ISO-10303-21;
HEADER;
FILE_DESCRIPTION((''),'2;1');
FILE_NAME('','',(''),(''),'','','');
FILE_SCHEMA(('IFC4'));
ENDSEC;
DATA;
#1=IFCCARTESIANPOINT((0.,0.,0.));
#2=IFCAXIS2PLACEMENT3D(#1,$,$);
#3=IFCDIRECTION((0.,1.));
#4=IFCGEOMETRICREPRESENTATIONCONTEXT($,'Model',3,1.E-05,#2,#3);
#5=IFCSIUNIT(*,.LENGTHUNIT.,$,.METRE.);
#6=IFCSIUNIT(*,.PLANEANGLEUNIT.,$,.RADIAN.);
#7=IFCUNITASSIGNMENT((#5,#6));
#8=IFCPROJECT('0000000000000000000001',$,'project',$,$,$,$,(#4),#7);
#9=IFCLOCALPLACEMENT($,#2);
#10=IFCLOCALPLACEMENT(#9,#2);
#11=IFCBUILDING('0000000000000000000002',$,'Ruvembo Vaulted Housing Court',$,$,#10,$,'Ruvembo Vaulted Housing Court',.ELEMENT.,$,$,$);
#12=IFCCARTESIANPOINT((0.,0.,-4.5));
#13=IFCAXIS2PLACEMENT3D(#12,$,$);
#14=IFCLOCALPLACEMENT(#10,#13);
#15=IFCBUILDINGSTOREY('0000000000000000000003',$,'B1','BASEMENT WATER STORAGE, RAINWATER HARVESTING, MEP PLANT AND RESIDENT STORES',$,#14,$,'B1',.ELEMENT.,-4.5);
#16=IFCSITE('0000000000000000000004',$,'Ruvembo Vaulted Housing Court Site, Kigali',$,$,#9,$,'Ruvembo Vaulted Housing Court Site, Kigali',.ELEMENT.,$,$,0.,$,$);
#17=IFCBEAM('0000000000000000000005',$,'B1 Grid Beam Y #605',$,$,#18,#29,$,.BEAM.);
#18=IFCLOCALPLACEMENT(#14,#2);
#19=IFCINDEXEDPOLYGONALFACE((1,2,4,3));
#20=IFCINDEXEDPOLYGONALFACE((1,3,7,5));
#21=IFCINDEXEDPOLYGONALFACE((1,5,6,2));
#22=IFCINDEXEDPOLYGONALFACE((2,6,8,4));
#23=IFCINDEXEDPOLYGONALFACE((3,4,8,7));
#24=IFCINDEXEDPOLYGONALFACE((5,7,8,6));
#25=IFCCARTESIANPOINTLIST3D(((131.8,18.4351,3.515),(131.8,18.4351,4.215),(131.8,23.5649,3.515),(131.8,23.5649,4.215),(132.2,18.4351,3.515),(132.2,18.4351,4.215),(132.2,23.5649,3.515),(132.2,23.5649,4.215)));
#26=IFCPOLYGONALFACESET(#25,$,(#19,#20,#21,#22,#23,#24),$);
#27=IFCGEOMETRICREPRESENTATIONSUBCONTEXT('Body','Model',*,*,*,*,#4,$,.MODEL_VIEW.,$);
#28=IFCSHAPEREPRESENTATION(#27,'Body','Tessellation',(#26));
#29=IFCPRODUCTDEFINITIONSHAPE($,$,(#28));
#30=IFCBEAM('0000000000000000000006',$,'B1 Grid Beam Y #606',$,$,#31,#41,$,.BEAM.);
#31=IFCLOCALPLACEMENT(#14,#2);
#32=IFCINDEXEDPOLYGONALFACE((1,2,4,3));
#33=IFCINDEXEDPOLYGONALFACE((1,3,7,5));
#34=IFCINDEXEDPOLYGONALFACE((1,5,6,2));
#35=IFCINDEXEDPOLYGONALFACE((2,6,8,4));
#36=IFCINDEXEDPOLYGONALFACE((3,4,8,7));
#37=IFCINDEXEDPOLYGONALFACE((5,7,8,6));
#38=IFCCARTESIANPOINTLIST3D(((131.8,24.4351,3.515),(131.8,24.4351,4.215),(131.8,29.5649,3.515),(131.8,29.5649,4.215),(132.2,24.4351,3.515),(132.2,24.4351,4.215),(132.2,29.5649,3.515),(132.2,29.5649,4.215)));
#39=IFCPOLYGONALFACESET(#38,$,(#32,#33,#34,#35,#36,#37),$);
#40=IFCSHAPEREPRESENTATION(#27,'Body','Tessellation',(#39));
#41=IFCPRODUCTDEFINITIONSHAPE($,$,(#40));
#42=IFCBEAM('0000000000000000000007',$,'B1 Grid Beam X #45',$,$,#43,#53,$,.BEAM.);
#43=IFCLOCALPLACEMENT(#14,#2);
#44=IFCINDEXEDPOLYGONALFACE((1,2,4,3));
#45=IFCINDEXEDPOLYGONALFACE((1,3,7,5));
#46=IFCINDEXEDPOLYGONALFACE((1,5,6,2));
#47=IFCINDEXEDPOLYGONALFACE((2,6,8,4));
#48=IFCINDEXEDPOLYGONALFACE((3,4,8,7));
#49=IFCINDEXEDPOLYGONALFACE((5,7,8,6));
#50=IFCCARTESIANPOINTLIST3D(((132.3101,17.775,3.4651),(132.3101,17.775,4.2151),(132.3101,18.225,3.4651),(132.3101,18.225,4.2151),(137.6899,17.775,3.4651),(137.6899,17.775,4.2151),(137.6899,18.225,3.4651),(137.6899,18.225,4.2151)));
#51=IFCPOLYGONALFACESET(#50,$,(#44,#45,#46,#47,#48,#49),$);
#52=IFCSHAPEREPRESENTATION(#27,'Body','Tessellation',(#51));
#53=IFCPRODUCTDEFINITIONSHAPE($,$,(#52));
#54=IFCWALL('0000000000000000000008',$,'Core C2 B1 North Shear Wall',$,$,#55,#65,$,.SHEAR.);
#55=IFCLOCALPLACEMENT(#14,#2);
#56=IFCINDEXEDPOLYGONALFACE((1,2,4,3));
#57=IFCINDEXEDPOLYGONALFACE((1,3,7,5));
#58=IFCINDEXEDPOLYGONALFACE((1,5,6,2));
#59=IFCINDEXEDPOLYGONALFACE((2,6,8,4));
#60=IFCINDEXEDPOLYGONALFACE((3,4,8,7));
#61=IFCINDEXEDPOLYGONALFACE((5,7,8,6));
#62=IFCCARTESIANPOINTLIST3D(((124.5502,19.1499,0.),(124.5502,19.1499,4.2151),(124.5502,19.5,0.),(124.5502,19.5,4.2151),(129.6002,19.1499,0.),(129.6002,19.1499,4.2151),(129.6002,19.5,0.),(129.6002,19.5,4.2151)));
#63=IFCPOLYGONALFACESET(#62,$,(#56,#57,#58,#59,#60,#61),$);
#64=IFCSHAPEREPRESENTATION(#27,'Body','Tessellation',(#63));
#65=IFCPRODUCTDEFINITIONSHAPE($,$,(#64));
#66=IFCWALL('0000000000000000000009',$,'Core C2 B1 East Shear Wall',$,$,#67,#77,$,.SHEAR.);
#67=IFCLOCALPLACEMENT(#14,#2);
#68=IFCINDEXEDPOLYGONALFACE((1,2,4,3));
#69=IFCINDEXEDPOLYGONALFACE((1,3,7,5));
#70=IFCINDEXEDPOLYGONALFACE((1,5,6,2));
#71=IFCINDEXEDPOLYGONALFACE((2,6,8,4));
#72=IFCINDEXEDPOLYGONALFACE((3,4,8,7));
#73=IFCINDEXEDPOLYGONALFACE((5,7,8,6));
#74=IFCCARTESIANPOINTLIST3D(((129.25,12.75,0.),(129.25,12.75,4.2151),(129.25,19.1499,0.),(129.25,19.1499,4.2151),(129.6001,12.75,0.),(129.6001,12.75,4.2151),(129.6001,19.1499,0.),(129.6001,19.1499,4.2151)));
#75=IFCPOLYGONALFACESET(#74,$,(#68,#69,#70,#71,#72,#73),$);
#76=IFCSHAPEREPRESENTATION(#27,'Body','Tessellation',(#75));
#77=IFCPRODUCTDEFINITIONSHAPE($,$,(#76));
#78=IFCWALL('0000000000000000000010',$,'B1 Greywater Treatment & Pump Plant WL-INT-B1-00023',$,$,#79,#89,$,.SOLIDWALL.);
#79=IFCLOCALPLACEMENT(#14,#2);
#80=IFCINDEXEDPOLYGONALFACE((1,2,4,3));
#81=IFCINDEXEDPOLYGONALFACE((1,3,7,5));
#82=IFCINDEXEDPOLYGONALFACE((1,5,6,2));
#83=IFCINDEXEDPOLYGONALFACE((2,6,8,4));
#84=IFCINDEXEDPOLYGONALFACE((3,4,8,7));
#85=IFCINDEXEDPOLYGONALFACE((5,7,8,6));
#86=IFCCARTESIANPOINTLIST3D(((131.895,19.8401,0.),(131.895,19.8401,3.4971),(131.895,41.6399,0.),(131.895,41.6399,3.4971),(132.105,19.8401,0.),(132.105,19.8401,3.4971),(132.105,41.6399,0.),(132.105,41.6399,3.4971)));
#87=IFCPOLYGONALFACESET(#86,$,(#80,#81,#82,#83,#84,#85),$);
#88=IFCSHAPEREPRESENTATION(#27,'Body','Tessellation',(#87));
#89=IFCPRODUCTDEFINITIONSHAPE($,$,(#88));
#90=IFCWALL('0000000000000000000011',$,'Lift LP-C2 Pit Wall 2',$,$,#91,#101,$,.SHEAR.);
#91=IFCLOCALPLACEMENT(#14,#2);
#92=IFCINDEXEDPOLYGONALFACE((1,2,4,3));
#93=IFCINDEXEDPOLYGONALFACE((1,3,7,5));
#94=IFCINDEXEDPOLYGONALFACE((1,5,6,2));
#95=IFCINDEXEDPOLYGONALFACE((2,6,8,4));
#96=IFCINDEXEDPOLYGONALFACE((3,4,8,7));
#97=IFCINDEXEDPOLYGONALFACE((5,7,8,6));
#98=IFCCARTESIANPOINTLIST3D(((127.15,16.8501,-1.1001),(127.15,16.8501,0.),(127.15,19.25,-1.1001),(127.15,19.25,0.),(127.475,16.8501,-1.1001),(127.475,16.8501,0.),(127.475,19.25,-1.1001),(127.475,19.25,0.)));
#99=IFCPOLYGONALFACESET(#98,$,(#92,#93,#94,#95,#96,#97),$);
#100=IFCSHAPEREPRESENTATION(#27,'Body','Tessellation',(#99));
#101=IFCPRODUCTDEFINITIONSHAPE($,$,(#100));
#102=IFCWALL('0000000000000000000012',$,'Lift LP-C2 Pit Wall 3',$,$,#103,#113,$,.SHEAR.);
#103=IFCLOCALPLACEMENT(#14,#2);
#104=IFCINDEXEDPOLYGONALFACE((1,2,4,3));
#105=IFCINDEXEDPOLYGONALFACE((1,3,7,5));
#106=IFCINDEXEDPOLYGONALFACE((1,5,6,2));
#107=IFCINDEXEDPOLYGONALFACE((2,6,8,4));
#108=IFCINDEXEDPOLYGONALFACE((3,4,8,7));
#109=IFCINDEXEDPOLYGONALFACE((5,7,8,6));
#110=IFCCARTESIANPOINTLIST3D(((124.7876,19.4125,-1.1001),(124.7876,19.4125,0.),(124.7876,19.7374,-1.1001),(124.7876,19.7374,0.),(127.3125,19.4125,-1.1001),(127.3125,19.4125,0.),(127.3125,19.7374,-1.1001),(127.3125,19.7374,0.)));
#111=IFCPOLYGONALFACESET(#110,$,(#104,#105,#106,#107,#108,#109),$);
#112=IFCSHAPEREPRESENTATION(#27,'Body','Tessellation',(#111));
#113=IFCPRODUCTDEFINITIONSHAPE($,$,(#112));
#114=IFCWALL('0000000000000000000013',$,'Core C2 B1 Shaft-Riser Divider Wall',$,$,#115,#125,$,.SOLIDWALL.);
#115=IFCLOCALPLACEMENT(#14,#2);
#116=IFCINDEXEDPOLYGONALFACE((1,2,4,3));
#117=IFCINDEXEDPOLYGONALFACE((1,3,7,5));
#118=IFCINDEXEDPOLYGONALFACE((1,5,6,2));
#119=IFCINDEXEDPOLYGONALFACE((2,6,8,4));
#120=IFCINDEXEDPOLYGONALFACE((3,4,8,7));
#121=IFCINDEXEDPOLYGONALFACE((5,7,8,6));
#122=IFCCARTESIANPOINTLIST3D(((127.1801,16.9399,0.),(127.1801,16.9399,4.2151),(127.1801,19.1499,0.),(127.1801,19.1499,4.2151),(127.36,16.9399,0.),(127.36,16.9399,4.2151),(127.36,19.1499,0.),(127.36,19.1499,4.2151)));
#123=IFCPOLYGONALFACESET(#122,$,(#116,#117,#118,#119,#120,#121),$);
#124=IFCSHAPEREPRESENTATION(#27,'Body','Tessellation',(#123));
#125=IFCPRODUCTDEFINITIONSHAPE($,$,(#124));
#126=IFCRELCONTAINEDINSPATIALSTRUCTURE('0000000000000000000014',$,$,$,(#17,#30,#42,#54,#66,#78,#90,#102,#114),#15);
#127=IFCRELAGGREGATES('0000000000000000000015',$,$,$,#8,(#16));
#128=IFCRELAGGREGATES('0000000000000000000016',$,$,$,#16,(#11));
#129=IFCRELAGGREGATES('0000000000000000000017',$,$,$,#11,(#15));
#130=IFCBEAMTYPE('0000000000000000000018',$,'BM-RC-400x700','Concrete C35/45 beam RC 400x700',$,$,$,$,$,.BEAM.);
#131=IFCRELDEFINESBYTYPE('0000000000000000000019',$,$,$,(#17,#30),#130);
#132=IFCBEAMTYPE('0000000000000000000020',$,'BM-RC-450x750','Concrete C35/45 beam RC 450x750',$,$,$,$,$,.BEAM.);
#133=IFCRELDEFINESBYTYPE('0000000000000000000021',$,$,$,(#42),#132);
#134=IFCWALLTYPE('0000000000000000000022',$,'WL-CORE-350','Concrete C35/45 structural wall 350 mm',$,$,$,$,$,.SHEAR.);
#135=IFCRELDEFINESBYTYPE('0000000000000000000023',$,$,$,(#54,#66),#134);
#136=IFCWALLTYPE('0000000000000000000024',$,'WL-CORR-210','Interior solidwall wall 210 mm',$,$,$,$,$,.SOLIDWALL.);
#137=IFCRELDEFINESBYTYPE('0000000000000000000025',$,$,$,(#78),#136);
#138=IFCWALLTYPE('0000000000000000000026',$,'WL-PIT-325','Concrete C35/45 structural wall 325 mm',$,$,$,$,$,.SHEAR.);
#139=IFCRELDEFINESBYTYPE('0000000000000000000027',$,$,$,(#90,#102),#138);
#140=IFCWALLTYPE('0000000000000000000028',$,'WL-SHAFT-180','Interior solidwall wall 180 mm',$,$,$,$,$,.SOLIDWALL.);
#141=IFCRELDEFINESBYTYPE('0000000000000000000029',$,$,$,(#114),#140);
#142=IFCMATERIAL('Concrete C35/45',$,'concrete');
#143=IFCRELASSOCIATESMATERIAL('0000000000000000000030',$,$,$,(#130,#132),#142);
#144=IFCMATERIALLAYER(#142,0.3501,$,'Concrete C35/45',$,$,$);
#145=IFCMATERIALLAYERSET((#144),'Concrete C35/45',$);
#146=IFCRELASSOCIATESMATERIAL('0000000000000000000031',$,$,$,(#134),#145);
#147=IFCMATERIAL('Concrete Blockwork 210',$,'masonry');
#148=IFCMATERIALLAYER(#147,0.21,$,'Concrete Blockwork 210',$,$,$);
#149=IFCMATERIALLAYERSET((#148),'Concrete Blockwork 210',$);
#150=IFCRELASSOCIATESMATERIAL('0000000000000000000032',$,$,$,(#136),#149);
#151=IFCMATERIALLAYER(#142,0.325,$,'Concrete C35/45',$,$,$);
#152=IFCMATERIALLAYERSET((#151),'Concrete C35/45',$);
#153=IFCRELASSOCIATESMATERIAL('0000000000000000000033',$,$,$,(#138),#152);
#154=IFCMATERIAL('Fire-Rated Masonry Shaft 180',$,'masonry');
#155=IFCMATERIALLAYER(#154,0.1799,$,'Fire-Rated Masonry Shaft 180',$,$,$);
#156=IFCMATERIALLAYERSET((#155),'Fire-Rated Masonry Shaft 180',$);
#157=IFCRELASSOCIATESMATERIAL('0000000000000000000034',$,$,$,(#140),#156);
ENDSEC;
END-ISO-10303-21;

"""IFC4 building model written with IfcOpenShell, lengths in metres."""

from ifc_helpers import new_model, si_unit, direction, frame, frame_2d, origin, origin_2d, place, context, subcontext, project, spatial, rectangle, extrude, material, layer, layer_set, material_profile, profile_set, type_object, element, save


model = new_model("IFC4")

# Units and contexts
model_context = context("Model", 3, precision=1e-05, world=origin(), true_north=direction((0.0, 1.0)))
body_context = subcontext(model_context, "Body", "Model", "MODEL_VIEW")
ifc_project = project(units=[si_unit("LENGTHUNIT", "METRE"), si_unit("PLANEANGLEUNIT", "RADIAN")], contexts=[model_context])

# Site, building, storey
site_placement = place(None, origin())
site = spatial("IfcSite", under=ifc_project, at=site_placement, Name="Ruvembo Vaulted Housing Court Site, Kigali", LongName="Ruvembo Vaulted Housing Court Site, Kigali", CompositionType="ELEMENT", RefElevation=0.0)
building_placement = place(site_placement, origin())
building = spatial("IfcBuilding", under=site, at=building_placement, Name="Ruvembo Vaulted Housing Court", LongName="Ruvembo Vaulted Housing Court", CompositionType="ELEMENT")
storey_placement = place(building_placement, frame((0.0, 0.0, -4.5)))
storey = spatial("IfcBuildingStorey", under=building, at=storey_placement, Name="B1", Description="BASEMENT WATER STORAGE, RAINWATER HARVESTING, MEP PLANT AND RESIDENT STORES", LongName="B1", CompositionType="ELEMENT", Elevation=-4.5)

# Shared definitions
ifc_material_1 = material(Name="Concrete C35/45", Category="concrete")

# Beams
ifc_material_profile_1 = material_profile(ifc_material_1, rectangle(XDim=0.3999, YDim=0.7, at=origin_2d()), Name="RC 400x700")
ifc_profile_set_1 = profile_set([ifc_material_profile_1], Name="Concrete C35/45")
beam_type_1 = type_object("IfcBeamType", Name="BM-RC-400x700", Description="Concrete C35/45 beam RC 400x700", PredefinedType="BEAM", material=ifc_profile_set_1)
for number, where, z_axis, x_axis, name in (
    (1, (132.0, 18.4351, 3.865), (0.0, 1.0, 0.0), (-1.0, 0.0, 0.0), "B1 Grid Beam Y #605"),
    (2, (132.0, 24.4351, 3.865), (0.0, 1.0, 0.0), (-1.0, 0.0, 0.0), "B1 Grid Beam Y #606"),
):
    element("IfcBeam", number, at=place(storey_placement, frame(where, z_axis=z_axis, x_axis=x_axis)), inside=storey, type_object=beam_type_1, Name=name, PredefinedType="BEAM", context=body_context, shape_type="SweptSolid", body=[
        extrude(rectangle(XDim=0.3999, YDim=0.7, at=origin_2d()), origin(), (0.0, 0.0, 1.0), 5.1299),
    ])
ifc_material_profile_2 = material_profile(ifc_material_1, rectangle(XDim=0.45, YDim=0.75, at=origin_2d()), Name="RC 450x750")
ifc_profile_set_2 = profile_set([ifc_material_profile_2], Name="Concrete C35/45")
beam_type_2 = type_object("IfcBeamType", Name="BM-RC-450x750", Description="Concrete C35/45 beam RC 450x750", PredefinedType="BEAM", material=ifc_profile_set_2)
beam_1_placement = place(storey_placement, frame((132.3101, 18.0, 3.8401), z_axis=(1.0, 0.0, 0.0), x_axis=(0.0, 1.0, 0.0)))
element("IfcBeam", 3, at=beam_1_placement, inside=storey, type_object=beam_type_2, Name="B1 Grid Beam X #45", PredefinedType="BEAM", context=body_context, shape_type="SweptSolid", body=[
    extrude(rectangle(XDim=0.45, YDim=0.75, at=origin_2d()), origin(), (0.0, 0.0, 1.0), 5.3799),
])

# Walls
ifc_layer_1 = layer(ifc_material_1, 0.3501, Name="Concrete C35/45")
ifc_layer_set_1 = layer_set([ifc_layer_1], Name="Concrete C35/45")
wall_type_1 = type_object("IfcWallType", Name="WL-CORE-350", Description="Concrete C35/45 structural wall 350 mm", PredefinedType="SHEAR", material=ifc_layer_set_1)
wall_1_placement = place(storey_placement, frame((129.6001, 19.325, 0.0), z_axis=(0.0, 0.0, 1.0), x_axis=(-1.0, 0.0, 0.0)))
element("IfcWall", 4, at=wall_1_placement, inside=storey, type_object=wall_type_1, Name="Core C2 B1 North Shear Wall", PredefinedType="SHEAR", context=body_context, shape_type="SweptSolid", body=[
    extrude(rectangle(XDim=5.05, YDim=0.3501, at=frame_2d((2.5249, 0.0))), origin(), (0.0, 0.0, 1.0), 4.2151),
])
wall_2_placement = place(storey_placement, frame((129.425, 12.75, 0.0), z_axis=(0.0, 0.0, 1.0), x_axis=(0.0, 1.0, 0.0)))
element("IfcWall", 5, at=wall_2_placement, inside=storey, type_object=wall_type_1, Name="Core C2 B1 East Shear Wall", PredefinedType="SHEAR", context=body_context, shape_type="SweptSolid", body=[
    extrude(rectangle(XDim=6.3999, YDim=0.3501, at=frame_2d((3.2, 0.0))), origin(), (0.0, 0.0, 1.0), 4.2151),
])
ifc_material_2 = material(Name="Concrete Blockwork 210", Category="masonry")
ifc_layer_2 = layer(ifc_material_2, 0.21, Name="Concrete Blockwork 210")
ifc_layer_set_2 = layer_set([ifc_layer_2], Name="Concrete Blockwork 210")
wall_type_2 = type_object("IfcWallType", Name="WL-CORR-210", Description="Interior solidwall wall 210 mm", PredefinedType="SOLIDWALL", material=ifc_layer_set_2)
wall_3_placement = place(storey_placement, frame((132.0, 19.8401, 0.0), z_axis=(0.0, 0.0, 1.0), x_axis=(0.0, 1.0, 0.0)))
element("IfcWall", 6, at=wall_3_placement, inside=storey, type_object=wall_type_2, Name="B1 Greywater Treatment & Pump Plant WL-INT-B1-00023", PredefinedType="SOLIDWALL", context=body_context, shape_type="SweptSolid", body=[
    extrude(rectangle(XDim=21.7998, YDim=0.21, at=frame_2d((10.8999, 0.0))), origin(), (0.0, 0.0, 1.0), 3.4971),
])
ifc_layer_3 = layer(ifc_material_1, 0.325, Name="Concrete C35/45")
ifc_layer_set_3 = layer_set([ifc_layer_3], Name="Concrete C35/45")
wall_type_3 = type_object("IfcWallType", Name="WL-PIT-325", Description="Concrete C35/45 structural wall 325 mm", PredefinedType="SHEAR", material=ifc_layer_set_3)
wall_4_placement = place(storey_placement, frame((127.3125, 16.8501, -1.1001), z_axis=(0.0, 0.0, 1.0), x_axis=(0.0, 1.0, 0.0)))
element("IfcWall", 7, at=wall_4_placement, inside=storey, type_object=wall_type_3, Name="Lift LP-C2 Pit Wall 2", PredefinedType="SHEAR", context=body_context, shape_type="SweptSolid", body=[
    extrude(rectangle(XDim=2.3999, YDim=0.325, at=frame_2d((1.2, 0.0))), origin(), (0.0, 0.0, 1.0), 1.1001),
])
wall_5_placement = place(storey_placement, frame((127.3125, 19.575, -1.1001), z_axis=(0.0, 0.0, 1.0), x_axis=(-1.0, 0.0, 0.0)))
element("IfcWall", 8, at=wall_5_placement, inside=storey, type_object=wall_type_3, Name="Lift LP-C2 Pit Wall 3", PredefinedType="SHEAR", context=body_context, shape_type="SweptSolid", body=[
    extrude(rectangle(XDim=2.5249, YDim=0.325, at=frame_2d((1.2625, 0.0))), origin(), (0.0, 0.0, 1.0), 1.1001),
])
ifc_material_3 = material(Name="Fire-Rated Masonry Shaft 180", Category="masonry")
ifc_layer_4 = layer(ifc_material_3, 0.1799, Name="Fire-Rated Masonry Shaft 180")
ifc_layer_set_4 = layer_set([ifc_layer_4], Name="Fire-Rated Masonry Shaft 180")
wall_type_4 = type_object("IfcWallType", Name="WL-SHAFT-180", Description="Interior solidwall wall 180 mm", PredefinedType="SOLIDWALL", material=ifc_layer_set_4)
wall_6_placement = place(storey_placement, frame((127.27, 16.9399, 0.0), z_axis=(0.0, 0.0, 1.0), x_axis=(0.0, 1.0, 0.0)))
element("IfcWall", 9, at=wall_6_placement, inside=storey, type_object=wall_type_4, Name="Core C2 B1 Shaft-Riser Divider Wall", PredefinedType="SOLIDWALL", context=body_context, shape_type="SweptSolid", body=[
    extrude(rectangle(XDim=2.21, YDim=0.1799, at=frame_2d((1.105, 0.0))), origin(), (0.0, 0.0, 1.0), 4.2151),
])

save(model, "model.ifc")
